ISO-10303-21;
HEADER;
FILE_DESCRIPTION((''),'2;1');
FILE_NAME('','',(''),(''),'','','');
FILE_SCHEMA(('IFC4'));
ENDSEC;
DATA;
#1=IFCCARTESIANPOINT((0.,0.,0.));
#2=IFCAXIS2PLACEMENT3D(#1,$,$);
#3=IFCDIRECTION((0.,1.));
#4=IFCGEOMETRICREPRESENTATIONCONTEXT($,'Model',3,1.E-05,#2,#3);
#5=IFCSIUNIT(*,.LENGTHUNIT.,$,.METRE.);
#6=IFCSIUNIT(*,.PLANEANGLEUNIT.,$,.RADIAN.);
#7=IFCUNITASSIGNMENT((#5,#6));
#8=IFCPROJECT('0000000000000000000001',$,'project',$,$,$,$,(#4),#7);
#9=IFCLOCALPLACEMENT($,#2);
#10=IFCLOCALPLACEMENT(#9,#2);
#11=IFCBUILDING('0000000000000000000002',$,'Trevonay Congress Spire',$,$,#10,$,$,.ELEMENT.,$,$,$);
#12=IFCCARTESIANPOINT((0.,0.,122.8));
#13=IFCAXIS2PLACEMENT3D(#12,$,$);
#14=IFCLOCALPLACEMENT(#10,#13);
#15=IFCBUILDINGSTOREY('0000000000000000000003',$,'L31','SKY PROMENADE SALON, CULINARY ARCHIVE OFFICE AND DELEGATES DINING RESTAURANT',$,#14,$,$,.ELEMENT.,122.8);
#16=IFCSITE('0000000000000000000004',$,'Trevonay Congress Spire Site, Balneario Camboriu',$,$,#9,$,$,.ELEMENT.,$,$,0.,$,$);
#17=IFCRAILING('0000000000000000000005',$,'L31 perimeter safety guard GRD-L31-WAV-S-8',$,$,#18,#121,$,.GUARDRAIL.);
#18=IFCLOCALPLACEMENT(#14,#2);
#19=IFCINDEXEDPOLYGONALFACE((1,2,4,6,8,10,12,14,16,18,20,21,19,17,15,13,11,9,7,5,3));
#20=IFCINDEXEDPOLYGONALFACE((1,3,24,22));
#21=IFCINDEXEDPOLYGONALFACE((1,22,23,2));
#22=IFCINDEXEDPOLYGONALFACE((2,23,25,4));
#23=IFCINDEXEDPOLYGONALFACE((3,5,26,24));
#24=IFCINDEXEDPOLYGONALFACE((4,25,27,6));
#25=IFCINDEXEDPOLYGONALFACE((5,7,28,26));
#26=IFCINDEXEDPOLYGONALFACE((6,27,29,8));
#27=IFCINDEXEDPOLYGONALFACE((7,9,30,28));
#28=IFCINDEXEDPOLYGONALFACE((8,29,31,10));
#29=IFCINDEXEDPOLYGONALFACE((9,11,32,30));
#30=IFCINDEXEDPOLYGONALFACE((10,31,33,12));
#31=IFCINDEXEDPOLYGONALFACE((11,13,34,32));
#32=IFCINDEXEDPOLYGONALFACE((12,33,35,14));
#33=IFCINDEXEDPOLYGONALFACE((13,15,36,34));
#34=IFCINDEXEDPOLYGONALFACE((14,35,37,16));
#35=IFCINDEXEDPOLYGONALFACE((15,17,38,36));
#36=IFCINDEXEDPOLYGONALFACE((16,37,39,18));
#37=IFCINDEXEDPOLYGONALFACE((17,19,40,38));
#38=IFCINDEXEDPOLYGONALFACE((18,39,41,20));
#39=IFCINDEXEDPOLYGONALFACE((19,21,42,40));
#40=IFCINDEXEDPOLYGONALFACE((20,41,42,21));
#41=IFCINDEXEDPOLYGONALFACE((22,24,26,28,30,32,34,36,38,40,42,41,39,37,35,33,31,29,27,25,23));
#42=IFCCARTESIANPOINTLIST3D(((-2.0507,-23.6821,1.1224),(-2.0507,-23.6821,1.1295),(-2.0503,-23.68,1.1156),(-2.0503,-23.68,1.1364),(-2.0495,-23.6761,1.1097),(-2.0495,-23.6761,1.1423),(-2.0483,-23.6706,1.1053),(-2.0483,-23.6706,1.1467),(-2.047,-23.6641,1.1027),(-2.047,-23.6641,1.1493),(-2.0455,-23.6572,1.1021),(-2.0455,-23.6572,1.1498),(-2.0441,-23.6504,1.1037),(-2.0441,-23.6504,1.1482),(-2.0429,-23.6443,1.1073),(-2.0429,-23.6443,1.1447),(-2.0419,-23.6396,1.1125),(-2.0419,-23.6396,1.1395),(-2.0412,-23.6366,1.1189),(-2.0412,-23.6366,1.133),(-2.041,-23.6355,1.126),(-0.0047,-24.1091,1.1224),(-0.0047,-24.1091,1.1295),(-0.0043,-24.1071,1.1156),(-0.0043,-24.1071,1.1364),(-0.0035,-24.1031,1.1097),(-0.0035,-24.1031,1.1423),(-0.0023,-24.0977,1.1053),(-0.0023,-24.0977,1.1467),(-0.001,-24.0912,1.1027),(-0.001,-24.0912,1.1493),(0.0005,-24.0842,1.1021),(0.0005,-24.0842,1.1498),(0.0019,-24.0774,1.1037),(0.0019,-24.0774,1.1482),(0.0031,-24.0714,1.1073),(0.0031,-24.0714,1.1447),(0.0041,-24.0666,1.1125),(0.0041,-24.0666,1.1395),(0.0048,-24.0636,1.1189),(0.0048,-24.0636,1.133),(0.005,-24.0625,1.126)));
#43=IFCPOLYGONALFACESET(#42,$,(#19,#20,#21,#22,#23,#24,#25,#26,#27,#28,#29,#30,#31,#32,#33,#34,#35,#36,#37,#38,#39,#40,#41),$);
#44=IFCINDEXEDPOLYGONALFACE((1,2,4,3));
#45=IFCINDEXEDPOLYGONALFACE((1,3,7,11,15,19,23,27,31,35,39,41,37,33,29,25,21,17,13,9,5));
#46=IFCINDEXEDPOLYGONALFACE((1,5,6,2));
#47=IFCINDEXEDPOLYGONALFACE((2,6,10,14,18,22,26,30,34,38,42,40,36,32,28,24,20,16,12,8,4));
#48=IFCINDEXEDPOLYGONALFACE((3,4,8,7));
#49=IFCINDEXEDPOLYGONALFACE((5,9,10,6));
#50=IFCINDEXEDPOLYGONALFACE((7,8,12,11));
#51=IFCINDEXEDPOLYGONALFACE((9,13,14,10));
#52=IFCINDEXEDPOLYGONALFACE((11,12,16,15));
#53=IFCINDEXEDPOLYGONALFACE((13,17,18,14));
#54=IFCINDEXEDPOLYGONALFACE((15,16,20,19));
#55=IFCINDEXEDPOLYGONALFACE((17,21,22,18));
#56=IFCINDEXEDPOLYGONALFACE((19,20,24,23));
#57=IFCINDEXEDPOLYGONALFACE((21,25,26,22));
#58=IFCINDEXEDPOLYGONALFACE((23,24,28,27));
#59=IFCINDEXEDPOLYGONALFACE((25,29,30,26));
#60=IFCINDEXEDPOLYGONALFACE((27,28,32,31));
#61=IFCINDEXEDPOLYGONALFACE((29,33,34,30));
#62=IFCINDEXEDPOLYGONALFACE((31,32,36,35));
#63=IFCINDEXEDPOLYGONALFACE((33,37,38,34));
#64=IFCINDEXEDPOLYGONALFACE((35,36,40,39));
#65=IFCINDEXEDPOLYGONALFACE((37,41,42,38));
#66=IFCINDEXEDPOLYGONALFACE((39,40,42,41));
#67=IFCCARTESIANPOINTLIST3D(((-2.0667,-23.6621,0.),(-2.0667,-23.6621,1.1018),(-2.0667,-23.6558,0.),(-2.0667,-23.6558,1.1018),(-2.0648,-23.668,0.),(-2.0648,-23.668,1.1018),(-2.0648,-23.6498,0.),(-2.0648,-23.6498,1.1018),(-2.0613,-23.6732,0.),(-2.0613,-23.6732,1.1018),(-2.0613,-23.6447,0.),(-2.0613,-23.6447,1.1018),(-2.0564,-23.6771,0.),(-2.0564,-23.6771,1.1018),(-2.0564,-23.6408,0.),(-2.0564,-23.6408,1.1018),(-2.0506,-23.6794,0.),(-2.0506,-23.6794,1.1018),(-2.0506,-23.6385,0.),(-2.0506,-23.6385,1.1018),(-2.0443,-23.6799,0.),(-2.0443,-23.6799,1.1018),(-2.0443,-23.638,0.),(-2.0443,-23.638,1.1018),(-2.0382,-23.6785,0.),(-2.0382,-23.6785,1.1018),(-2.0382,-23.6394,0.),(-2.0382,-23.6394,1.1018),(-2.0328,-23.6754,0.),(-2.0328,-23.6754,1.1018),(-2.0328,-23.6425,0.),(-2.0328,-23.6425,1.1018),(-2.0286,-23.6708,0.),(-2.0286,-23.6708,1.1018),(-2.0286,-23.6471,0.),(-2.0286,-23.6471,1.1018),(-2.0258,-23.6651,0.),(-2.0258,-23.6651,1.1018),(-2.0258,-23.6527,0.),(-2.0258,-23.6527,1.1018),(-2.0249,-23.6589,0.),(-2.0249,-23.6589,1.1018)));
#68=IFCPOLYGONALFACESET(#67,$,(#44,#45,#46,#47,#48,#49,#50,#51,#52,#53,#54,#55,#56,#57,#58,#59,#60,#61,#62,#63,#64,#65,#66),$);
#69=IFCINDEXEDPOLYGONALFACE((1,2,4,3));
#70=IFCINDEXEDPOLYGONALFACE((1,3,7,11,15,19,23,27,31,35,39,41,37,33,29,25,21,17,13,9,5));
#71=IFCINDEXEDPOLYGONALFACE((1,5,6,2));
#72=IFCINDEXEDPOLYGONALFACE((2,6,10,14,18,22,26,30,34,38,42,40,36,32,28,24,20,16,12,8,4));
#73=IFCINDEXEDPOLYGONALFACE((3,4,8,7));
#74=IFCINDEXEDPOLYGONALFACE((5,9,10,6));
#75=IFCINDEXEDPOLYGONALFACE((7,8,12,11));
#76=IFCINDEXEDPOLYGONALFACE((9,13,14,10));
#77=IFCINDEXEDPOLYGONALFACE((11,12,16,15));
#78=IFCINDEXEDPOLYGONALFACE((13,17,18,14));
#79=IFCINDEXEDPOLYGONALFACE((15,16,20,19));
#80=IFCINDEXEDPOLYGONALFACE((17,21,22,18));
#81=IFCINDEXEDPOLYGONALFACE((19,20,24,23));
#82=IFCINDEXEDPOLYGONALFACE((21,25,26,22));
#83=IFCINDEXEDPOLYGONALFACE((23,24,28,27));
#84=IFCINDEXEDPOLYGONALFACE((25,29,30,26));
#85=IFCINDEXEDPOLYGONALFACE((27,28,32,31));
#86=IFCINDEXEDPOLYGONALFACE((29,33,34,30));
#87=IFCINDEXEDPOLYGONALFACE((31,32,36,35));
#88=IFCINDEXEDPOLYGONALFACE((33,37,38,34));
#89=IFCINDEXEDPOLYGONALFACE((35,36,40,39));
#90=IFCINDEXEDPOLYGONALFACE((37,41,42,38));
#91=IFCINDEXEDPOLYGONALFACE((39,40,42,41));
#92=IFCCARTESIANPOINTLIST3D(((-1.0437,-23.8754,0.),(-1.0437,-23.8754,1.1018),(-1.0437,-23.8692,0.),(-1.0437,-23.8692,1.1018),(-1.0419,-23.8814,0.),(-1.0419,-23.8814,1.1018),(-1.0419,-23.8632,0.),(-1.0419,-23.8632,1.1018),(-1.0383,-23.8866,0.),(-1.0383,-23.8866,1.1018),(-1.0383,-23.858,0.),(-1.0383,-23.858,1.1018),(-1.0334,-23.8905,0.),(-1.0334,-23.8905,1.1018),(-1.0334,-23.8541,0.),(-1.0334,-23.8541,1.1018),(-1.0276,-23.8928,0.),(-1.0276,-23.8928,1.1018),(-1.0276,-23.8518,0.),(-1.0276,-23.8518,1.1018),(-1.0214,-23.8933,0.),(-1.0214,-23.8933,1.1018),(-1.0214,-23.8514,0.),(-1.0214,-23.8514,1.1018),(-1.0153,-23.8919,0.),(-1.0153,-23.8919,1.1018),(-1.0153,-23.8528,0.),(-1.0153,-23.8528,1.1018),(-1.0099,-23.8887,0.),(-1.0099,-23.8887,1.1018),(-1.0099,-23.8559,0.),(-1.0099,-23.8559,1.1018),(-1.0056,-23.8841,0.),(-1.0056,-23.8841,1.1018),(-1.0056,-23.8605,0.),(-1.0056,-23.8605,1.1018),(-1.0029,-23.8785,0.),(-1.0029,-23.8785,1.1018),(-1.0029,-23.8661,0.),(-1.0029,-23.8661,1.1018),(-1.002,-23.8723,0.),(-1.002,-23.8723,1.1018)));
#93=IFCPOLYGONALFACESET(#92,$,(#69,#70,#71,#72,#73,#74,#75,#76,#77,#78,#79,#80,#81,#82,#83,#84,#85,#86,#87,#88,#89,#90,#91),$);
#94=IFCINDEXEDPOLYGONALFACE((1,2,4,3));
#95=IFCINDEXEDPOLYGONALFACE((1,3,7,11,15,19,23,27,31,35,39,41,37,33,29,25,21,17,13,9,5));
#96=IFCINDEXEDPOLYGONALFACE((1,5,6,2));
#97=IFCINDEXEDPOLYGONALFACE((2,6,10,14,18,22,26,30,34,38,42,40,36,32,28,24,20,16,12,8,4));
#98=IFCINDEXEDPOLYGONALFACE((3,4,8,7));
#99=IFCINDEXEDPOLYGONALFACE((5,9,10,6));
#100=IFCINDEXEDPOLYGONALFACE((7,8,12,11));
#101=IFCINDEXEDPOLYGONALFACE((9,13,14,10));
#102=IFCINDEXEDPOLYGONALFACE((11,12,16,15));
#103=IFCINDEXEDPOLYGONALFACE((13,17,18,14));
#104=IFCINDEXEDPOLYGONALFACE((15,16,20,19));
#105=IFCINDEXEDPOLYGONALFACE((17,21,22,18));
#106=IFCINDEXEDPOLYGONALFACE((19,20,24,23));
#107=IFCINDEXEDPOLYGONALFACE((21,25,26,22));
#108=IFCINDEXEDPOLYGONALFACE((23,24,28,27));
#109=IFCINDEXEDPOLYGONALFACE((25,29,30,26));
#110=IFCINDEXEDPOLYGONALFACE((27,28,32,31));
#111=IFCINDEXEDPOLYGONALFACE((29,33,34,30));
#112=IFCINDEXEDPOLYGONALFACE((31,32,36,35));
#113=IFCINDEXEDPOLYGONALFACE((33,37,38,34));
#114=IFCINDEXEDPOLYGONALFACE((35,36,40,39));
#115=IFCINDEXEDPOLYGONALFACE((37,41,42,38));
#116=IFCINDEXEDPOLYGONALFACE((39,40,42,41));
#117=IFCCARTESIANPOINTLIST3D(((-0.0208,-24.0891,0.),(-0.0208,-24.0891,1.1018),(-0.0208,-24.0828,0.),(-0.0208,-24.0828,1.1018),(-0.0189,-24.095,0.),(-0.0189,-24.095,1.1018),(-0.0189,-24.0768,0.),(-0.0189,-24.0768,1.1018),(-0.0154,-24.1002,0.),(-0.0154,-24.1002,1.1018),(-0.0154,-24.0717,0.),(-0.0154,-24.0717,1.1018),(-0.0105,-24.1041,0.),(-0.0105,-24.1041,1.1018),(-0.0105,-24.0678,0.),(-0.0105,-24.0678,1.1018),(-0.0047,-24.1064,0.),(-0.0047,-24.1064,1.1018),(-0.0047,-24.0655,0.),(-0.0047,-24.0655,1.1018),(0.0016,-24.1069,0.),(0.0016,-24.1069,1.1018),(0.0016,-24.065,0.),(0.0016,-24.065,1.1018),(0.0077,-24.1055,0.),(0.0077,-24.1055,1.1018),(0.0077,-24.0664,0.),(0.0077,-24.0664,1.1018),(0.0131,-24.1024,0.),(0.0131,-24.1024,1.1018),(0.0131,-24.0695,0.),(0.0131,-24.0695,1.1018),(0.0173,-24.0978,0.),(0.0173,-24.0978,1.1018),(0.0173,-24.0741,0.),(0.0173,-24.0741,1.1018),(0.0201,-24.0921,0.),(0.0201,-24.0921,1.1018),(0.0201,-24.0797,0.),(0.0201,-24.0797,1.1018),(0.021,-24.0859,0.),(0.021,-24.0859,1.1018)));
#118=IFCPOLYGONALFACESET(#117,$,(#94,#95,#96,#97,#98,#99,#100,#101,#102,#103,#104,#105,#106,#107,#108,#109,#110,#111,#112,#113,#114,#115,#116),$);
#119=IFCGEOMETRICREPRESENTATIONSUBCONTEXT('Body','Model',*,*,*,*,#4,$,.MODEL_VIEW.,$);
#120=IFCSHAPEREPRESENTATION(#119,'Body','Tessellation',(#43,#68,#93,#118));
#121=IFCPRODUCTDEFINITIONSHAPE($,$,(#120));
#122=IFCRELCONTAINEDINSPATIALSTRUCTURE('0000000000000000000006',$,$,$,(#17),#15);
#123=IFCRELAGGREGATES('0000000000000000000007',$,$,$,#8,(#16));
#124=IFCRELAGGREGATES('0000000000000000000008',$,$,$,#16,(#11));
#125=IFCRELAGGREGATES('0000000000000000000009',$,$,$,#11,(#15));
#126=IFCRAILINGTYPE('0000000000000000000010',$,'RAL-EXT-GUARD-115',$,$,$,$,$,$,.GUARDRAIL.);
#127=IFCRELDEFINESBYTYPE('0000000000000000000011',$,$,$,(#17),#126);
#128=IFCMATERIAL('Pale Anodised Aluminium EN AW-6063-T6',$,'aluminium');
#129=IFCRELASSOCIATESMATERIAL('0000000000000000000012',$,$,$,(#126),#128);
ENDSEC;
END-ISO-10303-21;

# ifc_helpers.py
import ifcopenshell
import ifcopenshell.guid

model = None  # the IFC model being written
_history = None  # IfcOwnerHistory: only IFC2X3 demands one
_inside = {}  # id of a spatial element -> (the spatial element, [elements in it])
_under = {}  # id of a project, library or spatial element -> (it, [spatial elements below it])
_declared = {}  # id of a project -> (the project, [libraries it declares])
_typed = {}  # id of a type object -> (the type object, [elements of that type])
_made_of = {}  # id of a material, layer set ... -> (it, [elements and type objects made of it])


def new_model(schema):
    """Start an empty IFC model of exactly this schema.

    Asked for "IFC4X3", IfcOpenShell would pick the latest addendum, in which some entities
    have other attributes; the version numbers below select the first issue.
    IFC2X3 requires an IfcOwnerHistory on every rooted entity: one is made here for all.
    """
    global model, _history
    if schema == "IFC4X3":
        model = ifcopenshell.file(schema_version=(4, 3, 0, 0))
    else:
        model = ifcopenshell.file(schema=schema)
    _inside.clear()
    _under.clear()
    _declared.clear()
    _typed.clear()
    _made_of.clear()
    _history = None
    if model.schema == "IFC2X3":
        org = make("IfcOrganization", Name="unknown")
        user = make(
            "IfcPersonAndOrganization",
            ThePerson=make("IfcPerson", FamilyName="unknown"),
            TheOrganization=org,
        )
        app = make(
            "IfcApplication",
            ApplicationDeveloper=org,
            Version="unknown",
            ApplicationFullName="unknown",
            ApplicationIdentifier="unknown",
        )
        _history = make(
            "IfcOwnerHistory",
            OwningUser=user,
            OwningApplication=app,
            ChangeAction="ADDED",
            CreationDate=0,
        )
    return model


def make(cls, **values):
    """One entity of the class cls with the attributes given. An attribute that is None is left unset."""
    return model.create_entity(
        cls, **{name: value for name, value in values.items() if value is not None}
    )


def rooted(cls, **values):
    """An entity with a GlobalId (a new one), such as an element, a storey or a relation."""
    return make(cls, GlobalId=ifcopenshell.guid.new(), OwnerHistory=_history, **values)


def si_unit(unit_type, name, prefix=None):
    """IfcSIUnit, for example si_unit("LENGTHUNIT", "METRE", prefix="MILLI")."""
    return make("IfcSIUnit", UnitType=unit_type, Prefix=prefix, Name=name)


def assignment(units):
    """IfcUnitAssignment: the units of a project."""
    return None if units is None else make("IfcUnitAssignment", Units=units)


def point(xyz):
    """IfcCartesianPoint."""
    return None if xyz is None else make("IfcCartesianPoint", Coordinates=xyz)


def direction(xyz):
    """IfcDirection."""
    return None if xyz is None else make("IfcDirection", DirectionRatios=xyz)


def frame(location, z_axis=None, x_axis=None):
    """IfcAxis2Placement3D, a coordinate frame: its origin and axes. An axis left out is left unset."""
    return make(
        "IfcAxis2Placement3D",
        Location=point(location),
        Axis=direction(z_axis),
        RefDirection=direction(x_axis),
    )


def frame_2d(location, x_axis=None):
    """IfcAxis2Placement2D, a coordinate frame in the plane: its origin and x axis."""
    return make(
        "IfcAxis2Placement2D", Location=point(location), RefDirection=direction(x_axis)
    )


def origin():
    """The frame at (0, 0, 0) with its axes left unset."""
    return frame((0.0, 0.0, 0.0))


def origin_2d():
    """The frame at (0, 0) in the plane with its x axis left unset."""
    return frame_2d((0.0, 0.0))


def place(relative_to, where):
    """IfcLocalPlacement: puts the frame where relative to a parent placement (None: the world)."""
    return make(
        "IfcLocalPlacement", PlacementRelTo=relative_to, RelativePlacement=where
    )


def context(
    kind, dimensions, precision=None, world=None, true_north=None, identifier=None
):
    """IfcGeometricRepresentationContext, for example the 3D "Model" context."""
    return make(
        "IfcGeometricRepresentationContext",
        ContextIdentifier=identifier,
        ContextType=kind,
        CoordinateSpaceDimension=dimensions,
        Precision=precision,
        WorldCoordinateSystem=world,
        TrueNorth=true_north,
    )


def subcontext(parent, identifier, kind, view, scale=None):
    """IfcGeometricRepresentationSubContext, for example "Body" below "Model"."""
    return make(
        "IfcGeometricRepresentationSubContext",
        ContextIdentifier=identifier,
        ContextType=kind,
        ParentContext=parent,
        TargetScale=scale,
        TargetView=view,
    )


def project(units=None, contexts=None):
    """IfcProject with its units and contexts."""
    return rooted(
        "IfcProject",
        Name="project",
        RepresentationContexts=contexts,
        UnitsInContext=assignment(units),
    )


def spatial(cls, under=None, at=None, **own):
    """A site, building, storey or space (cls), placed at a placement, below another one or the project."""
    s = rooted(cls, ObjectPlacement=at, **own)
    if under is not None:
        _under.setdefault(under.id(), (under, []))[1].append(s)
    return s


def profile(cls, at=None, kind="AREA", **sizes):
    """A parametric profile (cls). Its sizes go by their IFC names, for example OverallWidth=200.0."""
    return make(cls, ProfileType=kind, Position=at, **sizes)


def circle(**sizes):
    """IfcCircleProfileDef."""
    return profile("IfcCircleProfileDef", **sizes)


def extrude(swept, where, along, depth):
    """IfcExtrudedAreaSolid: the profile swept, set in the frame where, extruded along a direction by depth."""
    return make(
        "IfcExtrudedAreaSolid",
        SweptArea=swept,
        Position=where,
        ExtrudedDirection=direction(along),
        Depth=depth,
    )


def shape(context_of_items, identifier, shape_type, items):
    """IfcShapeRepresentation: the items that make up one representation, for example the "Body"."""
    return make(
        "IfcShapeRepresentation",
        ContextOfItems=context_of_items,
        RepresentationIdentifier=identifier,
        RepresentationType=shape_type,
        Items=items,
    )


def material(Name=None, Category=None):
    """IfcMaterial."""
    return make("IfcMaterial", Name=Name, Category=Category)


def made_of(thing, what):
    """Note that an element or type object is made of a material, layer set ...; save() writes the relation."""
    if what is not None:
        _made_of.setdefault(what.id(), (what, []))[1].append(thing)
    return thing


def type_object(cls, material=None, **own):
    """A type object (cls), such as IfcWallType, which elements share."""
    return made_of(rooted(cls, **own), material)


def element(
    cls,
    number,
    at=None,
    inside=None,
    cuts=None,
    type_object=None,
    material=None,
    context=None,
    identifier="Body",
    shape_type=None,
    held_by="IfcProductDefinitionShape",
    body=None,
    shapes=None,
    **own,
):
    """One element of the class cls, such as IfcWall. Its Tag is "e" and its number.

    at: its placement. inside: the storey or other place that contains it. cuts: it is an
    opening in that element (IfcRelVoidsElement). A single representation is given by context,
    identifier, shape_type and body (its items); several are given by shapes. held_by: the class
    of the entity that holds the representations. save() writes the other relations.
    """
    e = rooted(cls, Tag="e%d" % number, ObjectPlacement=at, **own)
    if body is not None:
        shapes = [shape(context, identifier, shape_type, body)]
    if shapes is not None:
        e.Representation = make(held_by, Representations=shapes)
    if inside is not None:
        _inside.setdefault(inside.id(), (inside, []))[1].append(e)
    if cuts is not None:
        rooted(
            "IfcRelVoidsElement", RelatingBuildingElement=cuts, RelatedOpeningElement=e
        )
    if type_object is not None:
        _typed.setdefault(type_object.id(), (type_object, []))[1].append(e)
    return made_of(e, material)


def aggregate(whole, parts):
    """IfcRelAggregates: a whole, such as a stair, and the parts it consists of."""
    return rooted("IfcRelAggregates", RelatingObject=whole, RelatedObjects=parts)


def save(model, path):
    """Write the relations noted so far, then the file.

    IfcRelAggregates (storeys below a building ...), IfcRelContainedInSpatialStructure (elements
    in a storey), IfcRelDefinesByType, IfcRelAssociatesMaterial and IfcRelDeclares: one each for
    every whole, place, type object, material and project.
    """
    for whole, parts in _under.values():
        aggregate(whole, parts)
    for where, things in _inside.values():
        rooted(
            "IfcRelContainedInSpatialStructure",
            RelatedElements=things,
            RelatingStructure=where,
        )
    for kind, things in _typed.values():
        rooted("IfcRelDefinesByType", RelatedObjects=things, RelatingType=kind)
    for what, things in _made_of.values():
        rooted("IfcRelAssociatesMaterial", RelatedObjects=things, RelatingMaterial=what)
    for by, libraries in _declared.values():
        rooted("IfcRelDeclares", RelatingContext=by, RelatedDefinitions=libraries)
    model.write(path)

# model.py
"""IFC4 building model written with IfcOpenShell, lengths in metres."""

from ifc_helpers import new_model, si_unit, direction, frame, origin, origin_2d, place, context, subcontext, project, spatial, circle, extrude, material, type_object, element, save


model = new_model("IFC4")

# Units and contexts
model_context = context("Model", 3, precision=1e-05, world=origin(), true_north=direction((0.0, 1.0)))
body_context = subcontext(model_context, "Body", "Model", "MODEL_VIEW")
ifc_project = project(units=[si_unit("LENGTHUNIT", "METRE"), si_unit("PLANEANGLEUNIT", "RADIAN")], contexts=[model_context])

# Site, building, storey
site_placement = place(None, origin())
site = spatial("IfcSite", under=ifc_project, at=site_placement, Name="Trevonay Congress Spire Site, Balneario Camboriu", CompositionType="ELEMENT", RefElevation=0.0)
building_placement = place(site_placement, origin())
building = spatial("IfcBuilding", under=site, at=building_placement, Name="Trevonay Congress Spire", CompositionType="ELEMENT")
storey_placement = place(building_placement, frame((0.0, 0.0, 122.8)))
storey = spatial("IfcBuildingStorey", under=building, at=storey_placement, Name="L31", Description="SKY PROMENADE SALON, CULINARY ARCHIVE OFFICE AND DELEGATES DINING RESTAURANT", CompositionType="ELEMENT", Elevation=122.8)

# Shared definitions
ifc_material_1 = material(Name="Pale Anodised Aluminium EN AW-6063-T6", Category="aluminium")

# Railing
railing_type = type_object("IfcRailingType", Name="RAL-EXT-GUARD-115", PredefinedType="GUARDRAIL", material=ifc_material_1)
railing_1_placement = place(storey_placement, frame((-2.0459, -23.6589, 0.0)))
element("IfcRailing", 1, at=railing_1_placement, inside=storey, type_object=railing_type, Name="L31 perimeter safety guard GRD-L31-WAV-S-8", PredefinedType="GUARDRAIL", context=body_context, shape_type="SweptSolid", body=[
    extrude(circle(Radius=0.0239, at=origin_2d()), frame((0.0, 0.0, 1.126), z_axis=(0.978906, -0.204309, 0.0), x_axis=(0.204309, 0.978906, 0.0)), (0.0, 0.0, 1.0), 2.0901),
    extrude(circle(Radius=0.021, at=origin_2d()), origin(), (0.0, 0.0, 1.0), 1.1018),
    extrude(circle(Radius=0.021, at=origin_2d()), frame((1.0229, -0.2134, 0.0)), (0.0, 0.0, 1.0), 1.1018),
    extrude(circle(Radius=0.021, at=origin_2d()), frame((2.0459, -0.427, 0.0)), (0.0, 0.0, 1.0), 1.1018),
])

save(model, "model.ifc")
